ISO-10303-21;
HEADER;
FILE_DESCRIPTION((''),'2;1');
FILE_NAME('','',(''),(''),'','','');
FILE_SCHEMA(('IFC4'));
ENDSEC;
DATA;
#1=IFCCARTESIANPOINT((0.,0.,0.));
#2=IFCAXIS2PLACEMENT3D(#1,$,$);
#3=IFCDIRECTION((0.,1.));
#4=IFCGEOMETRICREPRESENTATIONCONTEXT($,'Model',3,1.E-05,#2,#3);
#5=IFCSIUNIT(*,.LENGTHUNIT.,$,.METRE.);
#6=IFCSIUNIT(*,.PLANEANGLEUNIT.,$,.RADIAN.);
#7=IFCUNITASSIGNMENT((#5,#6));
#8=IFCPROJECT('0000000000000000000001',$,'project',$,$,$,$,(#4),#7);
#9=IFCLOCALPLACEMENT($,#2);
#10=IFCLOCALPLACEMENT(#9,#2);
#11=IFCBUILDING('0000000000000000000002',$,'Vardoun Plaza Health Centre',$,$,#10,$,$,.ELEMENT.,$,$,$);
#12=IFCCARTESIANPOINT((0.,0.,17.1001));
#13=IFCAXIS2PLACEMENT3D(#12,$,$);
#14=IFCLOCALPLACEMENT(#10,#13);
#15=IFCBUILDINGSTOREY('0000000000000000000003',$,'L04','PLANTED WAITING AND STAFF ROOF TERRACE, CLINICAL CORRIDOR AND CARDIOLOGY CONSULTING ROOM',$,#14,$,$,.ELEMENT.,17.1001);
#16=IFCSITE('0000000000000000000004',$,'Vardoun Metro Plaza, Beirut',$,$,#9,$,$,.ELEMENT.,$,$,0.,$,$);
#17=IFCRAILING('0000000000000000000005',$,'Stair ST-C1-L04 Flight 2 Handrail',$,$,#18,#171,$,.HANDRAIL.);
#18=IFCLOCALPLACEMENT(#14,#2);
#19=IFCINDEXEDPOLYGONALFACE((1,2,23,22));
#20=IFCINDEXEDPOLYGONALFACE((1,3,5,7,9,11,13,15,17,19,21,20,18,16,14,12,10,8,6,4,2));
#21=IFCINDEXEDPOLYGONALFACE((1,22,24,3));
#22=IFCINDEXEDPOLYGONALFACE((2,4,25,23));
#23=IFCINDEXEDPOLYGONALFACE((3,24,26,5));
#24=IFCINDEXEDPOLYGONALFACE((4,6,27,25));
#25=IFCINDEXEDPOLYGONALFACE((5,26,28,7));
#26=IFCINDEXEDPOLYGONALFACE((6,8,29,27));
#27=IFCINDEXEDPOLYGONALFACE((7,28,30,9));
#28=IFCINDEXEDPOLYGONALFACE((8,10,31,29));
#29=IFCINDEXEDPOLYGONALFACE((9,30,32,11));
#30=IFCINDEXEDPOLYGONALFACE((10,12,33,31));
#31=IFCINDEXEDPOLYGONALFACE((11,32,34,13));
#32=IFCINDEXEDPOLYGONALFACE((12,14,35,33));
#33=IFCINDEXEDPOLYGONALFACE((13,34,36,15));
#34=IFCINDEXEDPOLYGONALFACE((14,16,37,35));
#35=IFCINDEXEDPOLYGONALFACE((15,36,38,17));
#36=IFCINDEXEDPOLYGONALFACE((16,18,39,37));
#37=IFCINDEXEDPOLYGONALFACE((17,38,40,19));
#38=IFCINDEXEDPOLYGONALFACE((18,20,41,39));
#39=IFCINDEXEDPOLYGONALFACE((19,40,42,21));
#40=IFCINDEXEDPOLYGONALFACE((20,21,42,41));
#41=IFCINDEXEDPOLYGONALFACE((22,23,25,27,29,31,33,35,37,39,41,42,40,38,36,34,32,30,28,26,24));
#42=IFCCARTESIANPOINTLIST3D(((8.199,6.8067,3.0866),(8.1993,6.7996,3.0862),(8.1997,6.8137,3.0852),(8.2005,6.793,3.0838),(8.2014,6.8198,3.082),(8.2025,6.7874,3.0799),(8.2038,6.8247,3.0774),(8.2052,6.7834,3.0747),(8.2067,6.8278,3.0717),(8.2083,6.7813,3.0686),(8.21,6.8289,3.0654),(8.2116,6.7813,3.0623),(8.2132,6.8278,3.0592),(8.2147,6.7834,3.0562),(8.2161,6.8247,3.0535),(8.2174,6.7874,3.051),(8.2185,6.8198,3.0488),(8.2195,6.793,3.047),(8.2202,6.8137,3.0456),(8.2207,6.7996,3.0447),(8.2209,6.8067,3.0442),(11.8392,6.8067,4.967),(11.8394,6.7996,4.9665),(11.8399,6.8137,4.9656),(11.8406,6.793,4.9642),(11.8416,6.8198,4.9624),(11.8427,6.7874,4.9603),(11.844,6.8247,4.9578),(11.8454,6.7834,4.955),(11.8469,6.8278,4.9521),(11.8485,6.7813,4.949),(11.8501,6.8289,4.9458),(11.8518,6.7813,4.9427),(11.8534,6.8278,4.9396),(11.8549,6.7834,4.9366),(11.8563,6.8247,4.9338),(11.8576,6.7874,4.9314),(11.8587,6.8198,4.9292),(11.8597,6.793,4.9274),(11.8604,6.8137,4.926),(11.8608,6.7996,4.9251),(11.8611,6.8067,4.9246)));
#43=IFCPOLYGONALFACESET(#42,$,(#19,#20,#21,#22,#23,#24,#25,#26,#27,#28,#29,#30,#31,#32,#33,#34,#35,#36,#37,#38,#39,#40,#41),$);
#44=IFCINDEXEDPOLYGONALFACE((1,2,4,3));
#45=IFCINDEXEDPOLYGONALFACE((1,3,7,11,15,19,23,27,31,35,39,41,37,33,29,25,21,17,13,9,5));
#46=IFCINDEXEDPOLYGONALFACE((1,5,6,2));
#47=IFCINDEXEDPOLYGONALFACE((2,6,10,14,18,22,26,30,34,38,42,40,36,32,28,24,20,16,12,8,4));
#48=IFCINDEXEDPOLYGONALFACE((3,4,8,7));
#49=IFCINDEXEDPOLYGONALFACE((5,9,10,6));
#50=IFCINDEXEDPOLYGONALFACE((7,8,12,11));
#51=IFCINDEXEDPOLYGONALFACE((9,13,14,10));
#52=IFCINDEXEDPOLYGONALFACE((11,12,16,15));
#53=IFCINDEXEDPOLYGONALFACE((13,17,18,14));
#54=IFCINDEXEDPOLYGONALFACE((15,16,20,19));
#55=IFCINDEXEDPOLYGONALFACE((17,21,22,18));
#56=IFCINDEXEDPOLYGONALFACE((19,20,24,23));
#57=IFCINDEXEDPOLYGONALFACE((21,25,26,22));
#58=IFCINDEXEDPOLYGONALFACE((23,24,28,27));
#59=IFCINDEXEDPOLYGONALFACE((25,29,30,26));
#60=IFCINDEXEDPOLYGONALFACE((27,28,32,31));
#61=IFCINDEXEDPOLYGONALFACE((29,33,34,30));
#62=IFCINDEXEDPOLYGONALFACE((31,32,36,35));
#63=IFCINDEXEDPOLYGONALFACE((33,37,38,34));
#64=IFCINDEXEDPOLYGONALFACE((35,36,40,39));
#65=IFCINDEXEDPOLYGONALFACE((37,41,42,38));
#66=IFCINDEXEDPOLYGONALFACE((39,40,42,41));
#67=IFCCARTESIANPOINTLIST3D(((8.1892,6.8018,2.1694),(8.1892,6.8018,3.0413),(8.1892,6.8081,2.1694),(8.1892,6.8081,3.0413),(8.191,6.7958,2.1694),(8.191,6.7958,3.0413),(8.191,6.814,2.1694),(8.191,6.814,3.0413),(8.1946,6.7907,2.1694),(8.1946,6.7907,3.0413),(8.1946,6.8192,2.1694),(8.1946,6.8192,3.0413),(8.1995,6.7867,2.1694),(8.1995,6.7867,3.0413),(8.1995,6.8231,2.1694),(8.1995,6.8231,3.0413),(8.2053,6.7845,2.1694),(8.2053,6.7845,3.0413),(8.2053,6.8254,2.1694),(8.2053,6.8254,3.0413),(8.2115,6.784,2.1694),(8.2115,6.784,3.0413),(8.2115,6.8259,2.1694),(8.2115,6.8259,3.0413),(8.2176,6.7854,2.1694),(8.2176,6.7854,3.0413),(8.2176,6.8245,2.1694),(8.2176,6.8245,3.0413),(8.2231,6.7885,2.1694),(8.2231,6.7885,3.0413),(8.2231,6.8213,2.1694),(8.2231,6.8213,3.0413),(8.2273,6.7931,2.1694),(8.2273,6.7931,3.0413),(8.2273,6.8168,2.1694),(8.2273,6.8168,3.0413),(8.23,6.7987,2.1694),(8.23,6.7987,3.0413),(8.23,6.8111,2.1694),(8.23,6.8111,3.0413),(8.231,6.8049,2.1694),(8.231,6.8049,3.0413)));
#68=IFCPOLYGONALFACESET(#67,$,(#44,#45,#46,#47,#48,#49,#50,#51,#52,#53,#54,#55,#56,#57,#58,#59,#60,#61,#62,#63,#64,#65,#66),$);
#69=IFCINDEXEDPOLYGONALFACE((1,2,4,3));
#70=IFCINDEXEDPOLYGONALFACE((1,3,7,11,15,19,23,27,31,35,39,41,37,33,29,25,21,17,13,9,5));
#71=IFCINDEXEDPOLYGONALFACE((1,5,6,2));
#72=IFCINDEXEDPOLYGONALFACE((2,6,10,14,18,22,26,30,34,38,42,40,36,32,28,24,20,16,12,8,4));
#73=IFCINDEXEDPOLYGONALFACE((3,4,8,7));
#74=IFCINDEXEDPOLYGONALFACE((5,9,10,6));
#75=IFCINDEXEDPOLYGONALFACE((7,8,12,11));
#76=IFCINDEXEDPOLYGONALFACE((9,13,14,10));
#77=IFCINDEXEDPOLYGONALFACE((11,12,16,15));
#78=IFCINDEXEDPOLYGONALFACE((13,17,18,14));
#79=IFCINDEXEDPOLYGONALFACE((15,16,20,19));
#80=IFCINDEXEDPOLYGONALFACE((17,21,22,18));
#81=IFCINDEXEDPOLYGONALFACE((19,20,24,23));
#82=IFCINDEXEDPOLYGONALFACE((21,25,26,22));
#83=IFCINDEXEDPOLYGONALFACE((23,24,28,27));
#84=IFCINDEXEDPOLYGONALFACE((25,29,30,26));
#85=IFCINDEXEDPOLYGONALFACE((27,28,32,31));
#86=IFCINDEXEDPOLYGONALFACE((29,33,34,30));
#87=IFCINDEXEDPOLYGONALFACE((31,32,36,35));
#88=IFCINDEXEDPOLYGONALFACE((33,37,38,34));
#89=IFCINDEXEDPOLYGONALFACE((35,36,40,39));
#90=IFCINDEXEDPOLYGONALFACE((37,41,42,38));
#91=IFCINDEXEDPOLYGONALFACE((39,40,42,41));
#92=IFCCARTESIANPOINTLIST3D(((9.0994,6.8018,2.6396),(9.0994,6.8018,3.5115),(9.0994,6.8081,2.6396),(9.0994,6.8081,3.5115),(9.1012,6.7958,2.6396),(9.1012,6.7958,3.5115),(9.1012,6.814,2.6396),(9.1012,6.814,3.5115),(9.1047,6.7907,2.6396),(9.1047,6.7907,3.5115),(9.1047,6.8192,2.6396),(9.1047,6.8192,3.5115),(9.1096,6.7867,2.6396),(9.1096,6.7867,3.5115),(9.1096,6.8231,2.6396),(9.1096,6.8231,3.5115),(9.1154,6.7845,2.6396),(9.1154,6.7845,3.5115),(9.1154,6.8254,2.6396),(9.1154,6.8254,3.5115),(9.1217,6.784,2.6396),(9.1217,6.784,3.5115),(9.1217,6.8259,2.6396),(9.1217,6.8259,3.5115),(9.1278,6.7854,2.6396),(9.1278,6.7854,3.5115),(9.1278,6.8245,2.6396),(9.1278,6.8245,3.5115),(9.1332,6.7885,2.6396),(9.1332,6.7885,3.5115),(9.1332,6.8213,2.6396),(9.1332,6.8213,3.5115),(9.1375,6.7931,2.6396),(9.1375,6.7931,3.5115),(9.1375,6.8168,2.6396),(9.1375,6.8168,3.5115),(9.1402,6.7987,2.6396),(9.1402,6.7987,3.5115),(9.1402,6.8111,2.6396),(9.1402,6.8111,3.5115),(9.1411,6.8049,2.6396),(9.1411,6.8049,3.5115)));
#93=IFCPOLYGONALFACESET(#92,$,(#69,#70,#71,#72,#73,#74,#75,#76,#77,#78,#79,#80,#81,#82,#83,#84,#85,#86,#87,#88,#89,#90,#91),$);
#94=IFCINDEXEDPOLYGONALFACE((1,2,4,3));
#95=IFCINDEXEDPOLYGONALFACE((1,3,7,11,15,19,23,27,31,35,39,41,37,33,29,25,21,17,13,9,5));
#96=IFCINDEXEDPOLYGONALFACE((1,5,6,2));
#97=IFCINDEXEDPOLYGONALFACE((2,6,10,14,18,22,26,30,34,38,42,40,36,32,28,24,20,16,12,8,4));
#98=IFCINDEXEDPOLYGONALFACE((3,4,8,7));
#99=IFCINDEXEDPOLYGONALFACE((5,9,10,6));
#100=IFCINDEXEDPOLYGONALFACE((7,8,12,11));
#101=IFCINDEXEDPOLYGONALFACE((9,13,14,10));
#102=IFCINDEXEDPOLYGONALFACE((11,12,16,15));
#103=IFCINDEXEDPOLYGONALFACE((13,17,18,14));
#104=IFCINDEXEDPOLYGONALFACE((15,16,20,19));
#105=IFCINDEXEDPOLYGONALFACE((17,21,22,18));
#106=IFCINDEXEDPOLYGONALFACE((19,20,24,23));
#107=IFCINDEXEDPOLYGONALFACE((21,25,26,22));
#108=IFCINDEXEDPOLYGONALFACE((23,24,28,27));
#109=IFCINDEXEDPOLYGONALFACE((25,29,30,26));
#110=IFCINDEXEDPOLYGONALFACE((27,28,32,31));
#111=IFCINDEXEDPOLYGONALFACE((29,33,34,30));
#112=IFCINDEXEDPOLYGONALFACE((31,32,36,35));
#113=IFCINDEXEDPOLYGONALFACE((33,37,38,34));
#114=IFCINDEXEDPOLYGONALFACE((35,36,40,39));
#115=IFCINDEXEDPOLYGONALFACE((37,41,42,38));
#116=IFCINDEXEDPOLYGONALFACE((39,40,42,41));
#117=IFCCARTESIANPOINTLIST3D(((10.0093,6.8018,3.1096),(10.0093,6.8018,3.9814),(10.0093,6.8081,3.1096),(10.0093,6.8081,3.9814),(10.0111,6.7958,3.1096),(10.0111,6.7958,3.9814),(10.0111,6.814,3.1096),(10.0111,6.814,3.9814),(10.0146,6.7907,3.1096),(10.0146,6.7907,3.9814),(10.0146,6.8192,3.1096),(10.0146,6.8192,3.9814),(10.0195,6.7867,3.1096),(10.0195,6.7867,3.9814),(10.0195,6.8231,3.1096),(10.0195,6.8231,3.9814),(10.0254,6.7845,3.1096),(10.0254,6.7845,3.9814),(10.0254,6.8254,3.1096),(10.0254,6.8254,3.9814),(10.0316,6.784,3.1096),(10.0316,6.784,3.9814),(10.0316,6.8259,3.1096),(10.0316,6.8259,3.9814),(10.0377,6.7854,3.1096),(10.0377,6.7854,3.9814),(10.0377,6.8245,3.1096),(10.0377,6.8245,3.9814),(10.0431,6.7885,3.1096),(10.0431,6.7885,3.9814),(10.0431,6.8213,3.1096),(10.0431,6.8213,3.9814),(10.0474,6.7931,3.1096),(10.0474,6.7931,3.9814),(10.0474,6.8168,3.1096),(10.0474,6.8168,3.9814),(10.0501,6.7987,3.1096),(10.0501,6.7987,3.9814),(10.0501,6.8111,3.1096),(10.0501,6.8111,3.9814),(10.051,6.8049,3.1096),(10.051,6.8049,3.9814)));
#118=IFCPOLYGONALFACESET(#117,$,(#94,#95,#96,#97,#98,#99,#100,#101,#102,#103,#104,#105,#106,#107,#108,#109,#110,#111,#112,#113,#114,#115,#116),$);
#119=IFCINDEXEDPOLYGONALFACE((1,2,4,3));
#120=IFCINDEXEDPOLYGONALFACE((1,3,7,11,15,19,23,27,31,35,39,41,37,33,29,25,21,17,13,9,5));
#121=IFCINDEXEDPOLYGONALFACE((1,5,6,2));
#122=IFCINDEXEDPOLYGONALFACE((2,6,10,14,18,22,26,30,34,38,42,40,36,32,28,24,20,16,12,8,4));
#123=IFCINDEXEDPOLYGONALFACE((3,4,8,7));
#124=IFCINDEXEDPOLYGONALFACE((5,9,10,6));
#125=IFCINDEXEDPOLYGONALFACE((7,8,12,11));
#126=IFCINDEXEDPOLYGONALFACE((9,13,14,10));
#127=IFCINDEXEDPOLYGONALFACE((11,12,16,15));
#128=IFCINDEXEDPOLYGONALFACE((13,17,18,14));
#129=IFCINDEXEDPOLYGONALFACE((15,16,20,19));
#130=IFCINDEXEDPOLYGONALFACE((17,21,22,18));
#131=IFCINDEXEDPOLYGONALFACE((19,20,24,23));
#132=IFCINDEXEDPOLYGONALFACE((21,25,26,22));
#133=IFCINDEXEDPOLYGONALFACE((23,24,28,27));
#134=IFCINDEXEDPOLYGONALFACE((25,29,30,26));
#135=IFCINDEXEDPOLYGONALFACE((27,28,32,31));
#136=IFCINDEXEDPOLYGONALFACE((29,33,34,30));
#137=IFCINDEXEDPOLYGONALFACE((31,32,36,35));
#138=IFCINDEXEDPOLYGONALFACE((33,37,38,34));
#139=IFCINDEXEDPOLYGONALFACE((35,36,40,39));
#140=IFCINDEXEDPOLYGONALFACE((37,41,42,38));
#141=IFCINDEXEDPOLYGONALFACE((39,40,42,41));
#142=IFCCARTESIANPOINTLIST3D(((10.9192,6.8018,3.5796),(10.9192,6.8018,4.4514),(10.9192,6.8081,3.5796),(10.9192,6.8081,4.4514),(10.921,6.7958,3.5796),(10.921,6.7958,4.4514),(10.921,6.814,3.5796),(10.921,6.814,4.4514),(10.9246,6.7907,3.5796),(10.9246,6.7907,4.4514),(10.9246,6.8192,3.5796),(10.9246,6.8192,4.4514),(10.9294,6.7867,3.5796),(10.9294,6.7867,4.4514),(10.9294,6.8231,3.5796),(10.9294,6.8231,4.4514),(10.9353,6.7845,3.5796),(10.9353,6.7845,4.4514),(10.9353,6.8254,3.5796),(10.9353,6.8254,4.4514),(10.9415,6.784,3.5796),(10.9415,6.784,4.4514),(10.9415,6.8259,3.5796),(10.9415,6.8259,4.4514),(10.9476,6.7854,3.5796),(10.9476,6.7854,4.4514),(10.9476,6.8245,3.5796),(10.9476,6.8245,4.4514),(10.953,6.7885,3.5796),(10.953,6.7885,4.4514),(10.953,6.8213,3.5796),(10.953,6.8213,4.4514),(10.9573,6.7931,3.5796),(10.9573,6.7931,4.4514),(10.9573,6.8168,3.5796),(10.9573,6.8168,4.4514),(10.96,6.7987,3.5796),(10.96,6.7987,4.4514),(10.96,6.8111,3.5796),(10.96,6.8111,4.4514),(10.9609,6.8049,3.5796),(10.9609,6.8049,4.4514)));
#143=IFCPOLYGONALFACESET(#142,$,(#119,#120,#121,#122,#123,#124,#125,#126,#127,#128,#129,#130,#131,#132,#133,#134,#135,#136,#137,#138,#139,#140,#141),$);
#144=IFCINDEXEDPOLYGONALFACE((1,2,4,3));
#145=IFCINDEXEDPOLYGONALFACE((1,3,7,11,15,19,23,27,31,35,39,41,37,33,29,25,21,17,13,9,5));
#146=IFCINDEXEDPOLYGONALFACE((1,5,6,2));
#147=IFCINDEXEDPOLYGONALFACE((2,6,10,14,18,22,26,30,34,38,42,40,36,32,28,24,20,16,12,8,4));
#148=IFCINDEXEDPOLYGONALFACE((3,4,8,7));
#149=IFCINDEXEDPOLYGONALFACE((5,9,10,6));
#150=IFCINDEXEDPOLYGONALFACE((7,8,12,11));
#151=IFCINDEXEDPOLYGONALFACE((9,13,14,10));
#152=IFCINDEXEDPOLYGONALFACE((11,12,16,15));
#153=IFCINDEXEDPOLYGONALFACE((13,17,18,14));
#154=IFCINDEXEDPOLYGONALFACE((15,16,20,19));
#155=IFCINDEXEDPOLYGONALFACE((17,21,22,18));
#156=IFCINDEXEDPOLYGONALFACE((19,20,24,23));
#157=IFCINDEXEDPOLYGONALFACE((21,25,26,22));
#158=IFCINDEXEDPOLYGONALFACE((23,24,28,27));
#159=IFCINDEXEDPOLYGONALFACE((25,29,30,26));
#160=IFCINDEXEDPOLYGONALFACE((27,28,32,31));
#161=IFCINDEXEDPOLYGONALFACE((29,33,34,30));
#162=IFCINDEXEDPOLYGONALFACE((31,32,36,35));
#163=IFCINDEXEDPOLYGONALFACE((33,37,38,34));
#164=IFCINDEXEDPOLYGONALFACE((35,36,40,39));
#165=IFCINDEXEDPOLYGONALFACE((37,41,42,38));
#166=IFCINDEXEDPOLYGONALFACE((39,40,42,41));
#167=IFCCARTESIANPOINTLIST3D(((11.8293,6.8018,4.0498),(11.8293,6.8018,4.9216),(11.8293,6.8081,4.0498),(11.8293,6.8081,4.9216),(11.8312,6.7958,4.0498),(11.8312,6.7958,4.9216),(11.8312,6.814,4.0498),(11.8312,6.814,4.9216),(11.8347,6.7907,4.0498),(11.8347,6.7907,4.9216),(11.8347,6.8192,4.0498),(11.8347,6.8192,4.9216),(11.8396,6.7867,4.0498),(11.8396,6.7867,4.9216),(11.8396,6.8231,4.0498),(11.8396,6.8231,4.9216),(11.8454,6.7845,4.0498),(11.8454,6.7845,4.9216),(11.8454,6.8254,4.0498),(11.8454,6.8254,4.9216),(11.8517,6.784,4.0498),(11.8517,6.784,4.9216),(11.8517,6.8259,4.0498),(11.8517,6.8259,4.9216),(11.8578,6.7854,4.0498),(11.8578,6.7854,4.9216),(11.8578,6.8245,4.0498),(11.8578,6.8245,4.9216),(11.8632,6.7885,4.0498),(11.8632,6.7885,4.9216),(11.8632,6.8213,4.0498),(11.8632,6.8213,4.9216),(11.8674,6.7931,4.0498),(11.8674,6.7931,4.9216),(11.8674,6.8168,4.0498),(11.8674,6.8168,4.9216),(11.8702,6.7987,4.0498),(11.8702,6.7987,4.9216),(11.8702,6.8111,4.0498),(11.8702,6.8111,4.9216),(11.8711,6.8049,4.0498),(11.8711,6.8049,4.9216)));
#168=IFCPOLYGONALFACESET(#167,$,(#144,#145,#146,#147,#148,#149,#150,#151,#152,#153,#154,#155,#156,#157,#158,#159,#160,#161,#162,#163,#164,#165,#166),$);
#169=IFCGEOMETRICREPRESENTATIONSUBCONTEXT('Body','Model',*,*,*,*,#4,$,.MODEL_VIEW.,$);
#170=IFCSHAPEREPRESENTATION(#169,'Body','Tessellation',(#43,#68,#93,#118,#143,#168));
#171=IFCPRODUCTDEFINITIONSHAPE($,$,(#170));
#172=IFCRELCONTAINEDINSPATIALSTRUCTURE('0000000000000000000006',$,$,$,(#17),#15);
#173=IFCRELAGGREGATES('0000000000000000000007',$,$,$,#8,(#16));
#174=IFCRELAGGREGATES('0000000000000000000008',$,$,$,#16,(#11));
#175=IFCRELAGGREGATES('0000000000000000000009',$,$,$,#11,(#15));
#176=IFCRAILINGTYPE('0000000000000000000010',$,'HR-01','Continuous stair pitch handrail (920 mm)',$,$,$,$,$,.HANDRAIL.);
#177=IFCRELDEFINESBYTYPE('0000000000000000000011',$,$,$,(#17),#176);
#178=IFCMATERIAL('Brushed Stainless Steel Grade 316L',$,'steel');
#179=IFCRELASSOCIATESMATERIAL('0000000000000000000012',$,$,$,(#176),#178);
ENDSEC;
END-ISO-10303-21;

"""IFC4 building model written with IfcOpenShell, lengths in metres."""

from ifc_helpers import new_model, si_unit, direction, frame, origin, origin_2d, place, context, subcontext, project, spatial, circle, extrude, material, type_object, element, save


model = new_model("IFC4")

# Units and contexts
model_context = context("Model", 3, precision=1e-05, world=origin(), true_north=direction((0.0, 1.0)))
body_context = subcontext(model_context, "Body", "Model", "MODEL_VIEW")
ifc_project = project(units=[si_unit("LENGTHUNIT", "METRE"), si_unit("PLANEANGLEUNIT", "RADIAN")], contexts=[model_context])

# Site, building, storey
site_placement = place(None, origin())
site = spatial("IfcSite", under=ifc_project, at=site_placement, Name="Vardoun Metro Plaza, Beirut", CompositionType="ELEMENT", RefElevation=0.0)
building_placement = place(site_placement, origin())
building = spatial("IfcBuilding", under=site, at=building_placement, Name="Vardoun Plaza Health Centre", CompositionType="ELEMENT")
storey_placement = place(building_placement, frame((0.0, 0.0, 17.1001)))
storey = spatial("IfcBuildingStorey", under=building, at=storey_placement, Name="L04", Description="PLANTED WAITING AND STAFF ROOF TERRACE, CLINICAL CORRIDOR AND CARDIOLOGY CONSULTING ROOM", CompositionType="ELEMENT", Elevation=17.1001)

# Railing
ifc_material_1 = material(Name="Brushed Stainless Steel Grade 316L", Category="steel")
railing_type_1 = type_object("IfcRailingType", Name="HR-01", Description="Continuous stair pitch handrail (920 mm)", PredefinedType="HANDRAIL", material=ifc_material_1)
railing_1_placement = place(storey_placement, frame((8.21, 6.8049, 2.1694)))
element("IfcRailing", 1, at=railing_1_placement, inside=storey, type_object=railing_type_1, Name="Stair ST-C1-L04 Flight 2 Handrail", PredefinedType="HANDRAIL", context=body_context, shape_type="SweptSolid", body=[
    extrude(circle(Radius=0.0239, at=origin_2d()), frame((0.0, 0.0, 0.896), z_axis=(0.888462, 0.0, 0.45895), x_axis=(0.0, 1.0, 0.0)), (0.0, 0.0, 1.0), 4.0972),
    extrude(circle(Radius=0.021, at=origin_2d()), origin(), (0.0, 0.0, 1.0), 0.8718),
    extrude(circle(Radius=0.021, at=origin_2d()), frame((0.9102, 0.0, 0.4702)), (0.0, 0.0, 1.0), 0.8718),
    extrude(circle(Radius=0.021, at=origin_2d()), frame((1.8201, 0.0, 0.9402)), (0.0, 0.0, 1.0), 0.8718),
    extrude(circle(Radius=0.021, at=origin_2d()), frame((2.73, 0.0, 1.4102)), (0.0, 0.0, 1.0), 0.8718),
    extrude(circle(Radius=0.021, at=origin_2d()), frame((3.6401, 0.0, 1.8804)), (0.0, 0.0, 1.0), 0.8718),
])

save(model, "model.ifc")
